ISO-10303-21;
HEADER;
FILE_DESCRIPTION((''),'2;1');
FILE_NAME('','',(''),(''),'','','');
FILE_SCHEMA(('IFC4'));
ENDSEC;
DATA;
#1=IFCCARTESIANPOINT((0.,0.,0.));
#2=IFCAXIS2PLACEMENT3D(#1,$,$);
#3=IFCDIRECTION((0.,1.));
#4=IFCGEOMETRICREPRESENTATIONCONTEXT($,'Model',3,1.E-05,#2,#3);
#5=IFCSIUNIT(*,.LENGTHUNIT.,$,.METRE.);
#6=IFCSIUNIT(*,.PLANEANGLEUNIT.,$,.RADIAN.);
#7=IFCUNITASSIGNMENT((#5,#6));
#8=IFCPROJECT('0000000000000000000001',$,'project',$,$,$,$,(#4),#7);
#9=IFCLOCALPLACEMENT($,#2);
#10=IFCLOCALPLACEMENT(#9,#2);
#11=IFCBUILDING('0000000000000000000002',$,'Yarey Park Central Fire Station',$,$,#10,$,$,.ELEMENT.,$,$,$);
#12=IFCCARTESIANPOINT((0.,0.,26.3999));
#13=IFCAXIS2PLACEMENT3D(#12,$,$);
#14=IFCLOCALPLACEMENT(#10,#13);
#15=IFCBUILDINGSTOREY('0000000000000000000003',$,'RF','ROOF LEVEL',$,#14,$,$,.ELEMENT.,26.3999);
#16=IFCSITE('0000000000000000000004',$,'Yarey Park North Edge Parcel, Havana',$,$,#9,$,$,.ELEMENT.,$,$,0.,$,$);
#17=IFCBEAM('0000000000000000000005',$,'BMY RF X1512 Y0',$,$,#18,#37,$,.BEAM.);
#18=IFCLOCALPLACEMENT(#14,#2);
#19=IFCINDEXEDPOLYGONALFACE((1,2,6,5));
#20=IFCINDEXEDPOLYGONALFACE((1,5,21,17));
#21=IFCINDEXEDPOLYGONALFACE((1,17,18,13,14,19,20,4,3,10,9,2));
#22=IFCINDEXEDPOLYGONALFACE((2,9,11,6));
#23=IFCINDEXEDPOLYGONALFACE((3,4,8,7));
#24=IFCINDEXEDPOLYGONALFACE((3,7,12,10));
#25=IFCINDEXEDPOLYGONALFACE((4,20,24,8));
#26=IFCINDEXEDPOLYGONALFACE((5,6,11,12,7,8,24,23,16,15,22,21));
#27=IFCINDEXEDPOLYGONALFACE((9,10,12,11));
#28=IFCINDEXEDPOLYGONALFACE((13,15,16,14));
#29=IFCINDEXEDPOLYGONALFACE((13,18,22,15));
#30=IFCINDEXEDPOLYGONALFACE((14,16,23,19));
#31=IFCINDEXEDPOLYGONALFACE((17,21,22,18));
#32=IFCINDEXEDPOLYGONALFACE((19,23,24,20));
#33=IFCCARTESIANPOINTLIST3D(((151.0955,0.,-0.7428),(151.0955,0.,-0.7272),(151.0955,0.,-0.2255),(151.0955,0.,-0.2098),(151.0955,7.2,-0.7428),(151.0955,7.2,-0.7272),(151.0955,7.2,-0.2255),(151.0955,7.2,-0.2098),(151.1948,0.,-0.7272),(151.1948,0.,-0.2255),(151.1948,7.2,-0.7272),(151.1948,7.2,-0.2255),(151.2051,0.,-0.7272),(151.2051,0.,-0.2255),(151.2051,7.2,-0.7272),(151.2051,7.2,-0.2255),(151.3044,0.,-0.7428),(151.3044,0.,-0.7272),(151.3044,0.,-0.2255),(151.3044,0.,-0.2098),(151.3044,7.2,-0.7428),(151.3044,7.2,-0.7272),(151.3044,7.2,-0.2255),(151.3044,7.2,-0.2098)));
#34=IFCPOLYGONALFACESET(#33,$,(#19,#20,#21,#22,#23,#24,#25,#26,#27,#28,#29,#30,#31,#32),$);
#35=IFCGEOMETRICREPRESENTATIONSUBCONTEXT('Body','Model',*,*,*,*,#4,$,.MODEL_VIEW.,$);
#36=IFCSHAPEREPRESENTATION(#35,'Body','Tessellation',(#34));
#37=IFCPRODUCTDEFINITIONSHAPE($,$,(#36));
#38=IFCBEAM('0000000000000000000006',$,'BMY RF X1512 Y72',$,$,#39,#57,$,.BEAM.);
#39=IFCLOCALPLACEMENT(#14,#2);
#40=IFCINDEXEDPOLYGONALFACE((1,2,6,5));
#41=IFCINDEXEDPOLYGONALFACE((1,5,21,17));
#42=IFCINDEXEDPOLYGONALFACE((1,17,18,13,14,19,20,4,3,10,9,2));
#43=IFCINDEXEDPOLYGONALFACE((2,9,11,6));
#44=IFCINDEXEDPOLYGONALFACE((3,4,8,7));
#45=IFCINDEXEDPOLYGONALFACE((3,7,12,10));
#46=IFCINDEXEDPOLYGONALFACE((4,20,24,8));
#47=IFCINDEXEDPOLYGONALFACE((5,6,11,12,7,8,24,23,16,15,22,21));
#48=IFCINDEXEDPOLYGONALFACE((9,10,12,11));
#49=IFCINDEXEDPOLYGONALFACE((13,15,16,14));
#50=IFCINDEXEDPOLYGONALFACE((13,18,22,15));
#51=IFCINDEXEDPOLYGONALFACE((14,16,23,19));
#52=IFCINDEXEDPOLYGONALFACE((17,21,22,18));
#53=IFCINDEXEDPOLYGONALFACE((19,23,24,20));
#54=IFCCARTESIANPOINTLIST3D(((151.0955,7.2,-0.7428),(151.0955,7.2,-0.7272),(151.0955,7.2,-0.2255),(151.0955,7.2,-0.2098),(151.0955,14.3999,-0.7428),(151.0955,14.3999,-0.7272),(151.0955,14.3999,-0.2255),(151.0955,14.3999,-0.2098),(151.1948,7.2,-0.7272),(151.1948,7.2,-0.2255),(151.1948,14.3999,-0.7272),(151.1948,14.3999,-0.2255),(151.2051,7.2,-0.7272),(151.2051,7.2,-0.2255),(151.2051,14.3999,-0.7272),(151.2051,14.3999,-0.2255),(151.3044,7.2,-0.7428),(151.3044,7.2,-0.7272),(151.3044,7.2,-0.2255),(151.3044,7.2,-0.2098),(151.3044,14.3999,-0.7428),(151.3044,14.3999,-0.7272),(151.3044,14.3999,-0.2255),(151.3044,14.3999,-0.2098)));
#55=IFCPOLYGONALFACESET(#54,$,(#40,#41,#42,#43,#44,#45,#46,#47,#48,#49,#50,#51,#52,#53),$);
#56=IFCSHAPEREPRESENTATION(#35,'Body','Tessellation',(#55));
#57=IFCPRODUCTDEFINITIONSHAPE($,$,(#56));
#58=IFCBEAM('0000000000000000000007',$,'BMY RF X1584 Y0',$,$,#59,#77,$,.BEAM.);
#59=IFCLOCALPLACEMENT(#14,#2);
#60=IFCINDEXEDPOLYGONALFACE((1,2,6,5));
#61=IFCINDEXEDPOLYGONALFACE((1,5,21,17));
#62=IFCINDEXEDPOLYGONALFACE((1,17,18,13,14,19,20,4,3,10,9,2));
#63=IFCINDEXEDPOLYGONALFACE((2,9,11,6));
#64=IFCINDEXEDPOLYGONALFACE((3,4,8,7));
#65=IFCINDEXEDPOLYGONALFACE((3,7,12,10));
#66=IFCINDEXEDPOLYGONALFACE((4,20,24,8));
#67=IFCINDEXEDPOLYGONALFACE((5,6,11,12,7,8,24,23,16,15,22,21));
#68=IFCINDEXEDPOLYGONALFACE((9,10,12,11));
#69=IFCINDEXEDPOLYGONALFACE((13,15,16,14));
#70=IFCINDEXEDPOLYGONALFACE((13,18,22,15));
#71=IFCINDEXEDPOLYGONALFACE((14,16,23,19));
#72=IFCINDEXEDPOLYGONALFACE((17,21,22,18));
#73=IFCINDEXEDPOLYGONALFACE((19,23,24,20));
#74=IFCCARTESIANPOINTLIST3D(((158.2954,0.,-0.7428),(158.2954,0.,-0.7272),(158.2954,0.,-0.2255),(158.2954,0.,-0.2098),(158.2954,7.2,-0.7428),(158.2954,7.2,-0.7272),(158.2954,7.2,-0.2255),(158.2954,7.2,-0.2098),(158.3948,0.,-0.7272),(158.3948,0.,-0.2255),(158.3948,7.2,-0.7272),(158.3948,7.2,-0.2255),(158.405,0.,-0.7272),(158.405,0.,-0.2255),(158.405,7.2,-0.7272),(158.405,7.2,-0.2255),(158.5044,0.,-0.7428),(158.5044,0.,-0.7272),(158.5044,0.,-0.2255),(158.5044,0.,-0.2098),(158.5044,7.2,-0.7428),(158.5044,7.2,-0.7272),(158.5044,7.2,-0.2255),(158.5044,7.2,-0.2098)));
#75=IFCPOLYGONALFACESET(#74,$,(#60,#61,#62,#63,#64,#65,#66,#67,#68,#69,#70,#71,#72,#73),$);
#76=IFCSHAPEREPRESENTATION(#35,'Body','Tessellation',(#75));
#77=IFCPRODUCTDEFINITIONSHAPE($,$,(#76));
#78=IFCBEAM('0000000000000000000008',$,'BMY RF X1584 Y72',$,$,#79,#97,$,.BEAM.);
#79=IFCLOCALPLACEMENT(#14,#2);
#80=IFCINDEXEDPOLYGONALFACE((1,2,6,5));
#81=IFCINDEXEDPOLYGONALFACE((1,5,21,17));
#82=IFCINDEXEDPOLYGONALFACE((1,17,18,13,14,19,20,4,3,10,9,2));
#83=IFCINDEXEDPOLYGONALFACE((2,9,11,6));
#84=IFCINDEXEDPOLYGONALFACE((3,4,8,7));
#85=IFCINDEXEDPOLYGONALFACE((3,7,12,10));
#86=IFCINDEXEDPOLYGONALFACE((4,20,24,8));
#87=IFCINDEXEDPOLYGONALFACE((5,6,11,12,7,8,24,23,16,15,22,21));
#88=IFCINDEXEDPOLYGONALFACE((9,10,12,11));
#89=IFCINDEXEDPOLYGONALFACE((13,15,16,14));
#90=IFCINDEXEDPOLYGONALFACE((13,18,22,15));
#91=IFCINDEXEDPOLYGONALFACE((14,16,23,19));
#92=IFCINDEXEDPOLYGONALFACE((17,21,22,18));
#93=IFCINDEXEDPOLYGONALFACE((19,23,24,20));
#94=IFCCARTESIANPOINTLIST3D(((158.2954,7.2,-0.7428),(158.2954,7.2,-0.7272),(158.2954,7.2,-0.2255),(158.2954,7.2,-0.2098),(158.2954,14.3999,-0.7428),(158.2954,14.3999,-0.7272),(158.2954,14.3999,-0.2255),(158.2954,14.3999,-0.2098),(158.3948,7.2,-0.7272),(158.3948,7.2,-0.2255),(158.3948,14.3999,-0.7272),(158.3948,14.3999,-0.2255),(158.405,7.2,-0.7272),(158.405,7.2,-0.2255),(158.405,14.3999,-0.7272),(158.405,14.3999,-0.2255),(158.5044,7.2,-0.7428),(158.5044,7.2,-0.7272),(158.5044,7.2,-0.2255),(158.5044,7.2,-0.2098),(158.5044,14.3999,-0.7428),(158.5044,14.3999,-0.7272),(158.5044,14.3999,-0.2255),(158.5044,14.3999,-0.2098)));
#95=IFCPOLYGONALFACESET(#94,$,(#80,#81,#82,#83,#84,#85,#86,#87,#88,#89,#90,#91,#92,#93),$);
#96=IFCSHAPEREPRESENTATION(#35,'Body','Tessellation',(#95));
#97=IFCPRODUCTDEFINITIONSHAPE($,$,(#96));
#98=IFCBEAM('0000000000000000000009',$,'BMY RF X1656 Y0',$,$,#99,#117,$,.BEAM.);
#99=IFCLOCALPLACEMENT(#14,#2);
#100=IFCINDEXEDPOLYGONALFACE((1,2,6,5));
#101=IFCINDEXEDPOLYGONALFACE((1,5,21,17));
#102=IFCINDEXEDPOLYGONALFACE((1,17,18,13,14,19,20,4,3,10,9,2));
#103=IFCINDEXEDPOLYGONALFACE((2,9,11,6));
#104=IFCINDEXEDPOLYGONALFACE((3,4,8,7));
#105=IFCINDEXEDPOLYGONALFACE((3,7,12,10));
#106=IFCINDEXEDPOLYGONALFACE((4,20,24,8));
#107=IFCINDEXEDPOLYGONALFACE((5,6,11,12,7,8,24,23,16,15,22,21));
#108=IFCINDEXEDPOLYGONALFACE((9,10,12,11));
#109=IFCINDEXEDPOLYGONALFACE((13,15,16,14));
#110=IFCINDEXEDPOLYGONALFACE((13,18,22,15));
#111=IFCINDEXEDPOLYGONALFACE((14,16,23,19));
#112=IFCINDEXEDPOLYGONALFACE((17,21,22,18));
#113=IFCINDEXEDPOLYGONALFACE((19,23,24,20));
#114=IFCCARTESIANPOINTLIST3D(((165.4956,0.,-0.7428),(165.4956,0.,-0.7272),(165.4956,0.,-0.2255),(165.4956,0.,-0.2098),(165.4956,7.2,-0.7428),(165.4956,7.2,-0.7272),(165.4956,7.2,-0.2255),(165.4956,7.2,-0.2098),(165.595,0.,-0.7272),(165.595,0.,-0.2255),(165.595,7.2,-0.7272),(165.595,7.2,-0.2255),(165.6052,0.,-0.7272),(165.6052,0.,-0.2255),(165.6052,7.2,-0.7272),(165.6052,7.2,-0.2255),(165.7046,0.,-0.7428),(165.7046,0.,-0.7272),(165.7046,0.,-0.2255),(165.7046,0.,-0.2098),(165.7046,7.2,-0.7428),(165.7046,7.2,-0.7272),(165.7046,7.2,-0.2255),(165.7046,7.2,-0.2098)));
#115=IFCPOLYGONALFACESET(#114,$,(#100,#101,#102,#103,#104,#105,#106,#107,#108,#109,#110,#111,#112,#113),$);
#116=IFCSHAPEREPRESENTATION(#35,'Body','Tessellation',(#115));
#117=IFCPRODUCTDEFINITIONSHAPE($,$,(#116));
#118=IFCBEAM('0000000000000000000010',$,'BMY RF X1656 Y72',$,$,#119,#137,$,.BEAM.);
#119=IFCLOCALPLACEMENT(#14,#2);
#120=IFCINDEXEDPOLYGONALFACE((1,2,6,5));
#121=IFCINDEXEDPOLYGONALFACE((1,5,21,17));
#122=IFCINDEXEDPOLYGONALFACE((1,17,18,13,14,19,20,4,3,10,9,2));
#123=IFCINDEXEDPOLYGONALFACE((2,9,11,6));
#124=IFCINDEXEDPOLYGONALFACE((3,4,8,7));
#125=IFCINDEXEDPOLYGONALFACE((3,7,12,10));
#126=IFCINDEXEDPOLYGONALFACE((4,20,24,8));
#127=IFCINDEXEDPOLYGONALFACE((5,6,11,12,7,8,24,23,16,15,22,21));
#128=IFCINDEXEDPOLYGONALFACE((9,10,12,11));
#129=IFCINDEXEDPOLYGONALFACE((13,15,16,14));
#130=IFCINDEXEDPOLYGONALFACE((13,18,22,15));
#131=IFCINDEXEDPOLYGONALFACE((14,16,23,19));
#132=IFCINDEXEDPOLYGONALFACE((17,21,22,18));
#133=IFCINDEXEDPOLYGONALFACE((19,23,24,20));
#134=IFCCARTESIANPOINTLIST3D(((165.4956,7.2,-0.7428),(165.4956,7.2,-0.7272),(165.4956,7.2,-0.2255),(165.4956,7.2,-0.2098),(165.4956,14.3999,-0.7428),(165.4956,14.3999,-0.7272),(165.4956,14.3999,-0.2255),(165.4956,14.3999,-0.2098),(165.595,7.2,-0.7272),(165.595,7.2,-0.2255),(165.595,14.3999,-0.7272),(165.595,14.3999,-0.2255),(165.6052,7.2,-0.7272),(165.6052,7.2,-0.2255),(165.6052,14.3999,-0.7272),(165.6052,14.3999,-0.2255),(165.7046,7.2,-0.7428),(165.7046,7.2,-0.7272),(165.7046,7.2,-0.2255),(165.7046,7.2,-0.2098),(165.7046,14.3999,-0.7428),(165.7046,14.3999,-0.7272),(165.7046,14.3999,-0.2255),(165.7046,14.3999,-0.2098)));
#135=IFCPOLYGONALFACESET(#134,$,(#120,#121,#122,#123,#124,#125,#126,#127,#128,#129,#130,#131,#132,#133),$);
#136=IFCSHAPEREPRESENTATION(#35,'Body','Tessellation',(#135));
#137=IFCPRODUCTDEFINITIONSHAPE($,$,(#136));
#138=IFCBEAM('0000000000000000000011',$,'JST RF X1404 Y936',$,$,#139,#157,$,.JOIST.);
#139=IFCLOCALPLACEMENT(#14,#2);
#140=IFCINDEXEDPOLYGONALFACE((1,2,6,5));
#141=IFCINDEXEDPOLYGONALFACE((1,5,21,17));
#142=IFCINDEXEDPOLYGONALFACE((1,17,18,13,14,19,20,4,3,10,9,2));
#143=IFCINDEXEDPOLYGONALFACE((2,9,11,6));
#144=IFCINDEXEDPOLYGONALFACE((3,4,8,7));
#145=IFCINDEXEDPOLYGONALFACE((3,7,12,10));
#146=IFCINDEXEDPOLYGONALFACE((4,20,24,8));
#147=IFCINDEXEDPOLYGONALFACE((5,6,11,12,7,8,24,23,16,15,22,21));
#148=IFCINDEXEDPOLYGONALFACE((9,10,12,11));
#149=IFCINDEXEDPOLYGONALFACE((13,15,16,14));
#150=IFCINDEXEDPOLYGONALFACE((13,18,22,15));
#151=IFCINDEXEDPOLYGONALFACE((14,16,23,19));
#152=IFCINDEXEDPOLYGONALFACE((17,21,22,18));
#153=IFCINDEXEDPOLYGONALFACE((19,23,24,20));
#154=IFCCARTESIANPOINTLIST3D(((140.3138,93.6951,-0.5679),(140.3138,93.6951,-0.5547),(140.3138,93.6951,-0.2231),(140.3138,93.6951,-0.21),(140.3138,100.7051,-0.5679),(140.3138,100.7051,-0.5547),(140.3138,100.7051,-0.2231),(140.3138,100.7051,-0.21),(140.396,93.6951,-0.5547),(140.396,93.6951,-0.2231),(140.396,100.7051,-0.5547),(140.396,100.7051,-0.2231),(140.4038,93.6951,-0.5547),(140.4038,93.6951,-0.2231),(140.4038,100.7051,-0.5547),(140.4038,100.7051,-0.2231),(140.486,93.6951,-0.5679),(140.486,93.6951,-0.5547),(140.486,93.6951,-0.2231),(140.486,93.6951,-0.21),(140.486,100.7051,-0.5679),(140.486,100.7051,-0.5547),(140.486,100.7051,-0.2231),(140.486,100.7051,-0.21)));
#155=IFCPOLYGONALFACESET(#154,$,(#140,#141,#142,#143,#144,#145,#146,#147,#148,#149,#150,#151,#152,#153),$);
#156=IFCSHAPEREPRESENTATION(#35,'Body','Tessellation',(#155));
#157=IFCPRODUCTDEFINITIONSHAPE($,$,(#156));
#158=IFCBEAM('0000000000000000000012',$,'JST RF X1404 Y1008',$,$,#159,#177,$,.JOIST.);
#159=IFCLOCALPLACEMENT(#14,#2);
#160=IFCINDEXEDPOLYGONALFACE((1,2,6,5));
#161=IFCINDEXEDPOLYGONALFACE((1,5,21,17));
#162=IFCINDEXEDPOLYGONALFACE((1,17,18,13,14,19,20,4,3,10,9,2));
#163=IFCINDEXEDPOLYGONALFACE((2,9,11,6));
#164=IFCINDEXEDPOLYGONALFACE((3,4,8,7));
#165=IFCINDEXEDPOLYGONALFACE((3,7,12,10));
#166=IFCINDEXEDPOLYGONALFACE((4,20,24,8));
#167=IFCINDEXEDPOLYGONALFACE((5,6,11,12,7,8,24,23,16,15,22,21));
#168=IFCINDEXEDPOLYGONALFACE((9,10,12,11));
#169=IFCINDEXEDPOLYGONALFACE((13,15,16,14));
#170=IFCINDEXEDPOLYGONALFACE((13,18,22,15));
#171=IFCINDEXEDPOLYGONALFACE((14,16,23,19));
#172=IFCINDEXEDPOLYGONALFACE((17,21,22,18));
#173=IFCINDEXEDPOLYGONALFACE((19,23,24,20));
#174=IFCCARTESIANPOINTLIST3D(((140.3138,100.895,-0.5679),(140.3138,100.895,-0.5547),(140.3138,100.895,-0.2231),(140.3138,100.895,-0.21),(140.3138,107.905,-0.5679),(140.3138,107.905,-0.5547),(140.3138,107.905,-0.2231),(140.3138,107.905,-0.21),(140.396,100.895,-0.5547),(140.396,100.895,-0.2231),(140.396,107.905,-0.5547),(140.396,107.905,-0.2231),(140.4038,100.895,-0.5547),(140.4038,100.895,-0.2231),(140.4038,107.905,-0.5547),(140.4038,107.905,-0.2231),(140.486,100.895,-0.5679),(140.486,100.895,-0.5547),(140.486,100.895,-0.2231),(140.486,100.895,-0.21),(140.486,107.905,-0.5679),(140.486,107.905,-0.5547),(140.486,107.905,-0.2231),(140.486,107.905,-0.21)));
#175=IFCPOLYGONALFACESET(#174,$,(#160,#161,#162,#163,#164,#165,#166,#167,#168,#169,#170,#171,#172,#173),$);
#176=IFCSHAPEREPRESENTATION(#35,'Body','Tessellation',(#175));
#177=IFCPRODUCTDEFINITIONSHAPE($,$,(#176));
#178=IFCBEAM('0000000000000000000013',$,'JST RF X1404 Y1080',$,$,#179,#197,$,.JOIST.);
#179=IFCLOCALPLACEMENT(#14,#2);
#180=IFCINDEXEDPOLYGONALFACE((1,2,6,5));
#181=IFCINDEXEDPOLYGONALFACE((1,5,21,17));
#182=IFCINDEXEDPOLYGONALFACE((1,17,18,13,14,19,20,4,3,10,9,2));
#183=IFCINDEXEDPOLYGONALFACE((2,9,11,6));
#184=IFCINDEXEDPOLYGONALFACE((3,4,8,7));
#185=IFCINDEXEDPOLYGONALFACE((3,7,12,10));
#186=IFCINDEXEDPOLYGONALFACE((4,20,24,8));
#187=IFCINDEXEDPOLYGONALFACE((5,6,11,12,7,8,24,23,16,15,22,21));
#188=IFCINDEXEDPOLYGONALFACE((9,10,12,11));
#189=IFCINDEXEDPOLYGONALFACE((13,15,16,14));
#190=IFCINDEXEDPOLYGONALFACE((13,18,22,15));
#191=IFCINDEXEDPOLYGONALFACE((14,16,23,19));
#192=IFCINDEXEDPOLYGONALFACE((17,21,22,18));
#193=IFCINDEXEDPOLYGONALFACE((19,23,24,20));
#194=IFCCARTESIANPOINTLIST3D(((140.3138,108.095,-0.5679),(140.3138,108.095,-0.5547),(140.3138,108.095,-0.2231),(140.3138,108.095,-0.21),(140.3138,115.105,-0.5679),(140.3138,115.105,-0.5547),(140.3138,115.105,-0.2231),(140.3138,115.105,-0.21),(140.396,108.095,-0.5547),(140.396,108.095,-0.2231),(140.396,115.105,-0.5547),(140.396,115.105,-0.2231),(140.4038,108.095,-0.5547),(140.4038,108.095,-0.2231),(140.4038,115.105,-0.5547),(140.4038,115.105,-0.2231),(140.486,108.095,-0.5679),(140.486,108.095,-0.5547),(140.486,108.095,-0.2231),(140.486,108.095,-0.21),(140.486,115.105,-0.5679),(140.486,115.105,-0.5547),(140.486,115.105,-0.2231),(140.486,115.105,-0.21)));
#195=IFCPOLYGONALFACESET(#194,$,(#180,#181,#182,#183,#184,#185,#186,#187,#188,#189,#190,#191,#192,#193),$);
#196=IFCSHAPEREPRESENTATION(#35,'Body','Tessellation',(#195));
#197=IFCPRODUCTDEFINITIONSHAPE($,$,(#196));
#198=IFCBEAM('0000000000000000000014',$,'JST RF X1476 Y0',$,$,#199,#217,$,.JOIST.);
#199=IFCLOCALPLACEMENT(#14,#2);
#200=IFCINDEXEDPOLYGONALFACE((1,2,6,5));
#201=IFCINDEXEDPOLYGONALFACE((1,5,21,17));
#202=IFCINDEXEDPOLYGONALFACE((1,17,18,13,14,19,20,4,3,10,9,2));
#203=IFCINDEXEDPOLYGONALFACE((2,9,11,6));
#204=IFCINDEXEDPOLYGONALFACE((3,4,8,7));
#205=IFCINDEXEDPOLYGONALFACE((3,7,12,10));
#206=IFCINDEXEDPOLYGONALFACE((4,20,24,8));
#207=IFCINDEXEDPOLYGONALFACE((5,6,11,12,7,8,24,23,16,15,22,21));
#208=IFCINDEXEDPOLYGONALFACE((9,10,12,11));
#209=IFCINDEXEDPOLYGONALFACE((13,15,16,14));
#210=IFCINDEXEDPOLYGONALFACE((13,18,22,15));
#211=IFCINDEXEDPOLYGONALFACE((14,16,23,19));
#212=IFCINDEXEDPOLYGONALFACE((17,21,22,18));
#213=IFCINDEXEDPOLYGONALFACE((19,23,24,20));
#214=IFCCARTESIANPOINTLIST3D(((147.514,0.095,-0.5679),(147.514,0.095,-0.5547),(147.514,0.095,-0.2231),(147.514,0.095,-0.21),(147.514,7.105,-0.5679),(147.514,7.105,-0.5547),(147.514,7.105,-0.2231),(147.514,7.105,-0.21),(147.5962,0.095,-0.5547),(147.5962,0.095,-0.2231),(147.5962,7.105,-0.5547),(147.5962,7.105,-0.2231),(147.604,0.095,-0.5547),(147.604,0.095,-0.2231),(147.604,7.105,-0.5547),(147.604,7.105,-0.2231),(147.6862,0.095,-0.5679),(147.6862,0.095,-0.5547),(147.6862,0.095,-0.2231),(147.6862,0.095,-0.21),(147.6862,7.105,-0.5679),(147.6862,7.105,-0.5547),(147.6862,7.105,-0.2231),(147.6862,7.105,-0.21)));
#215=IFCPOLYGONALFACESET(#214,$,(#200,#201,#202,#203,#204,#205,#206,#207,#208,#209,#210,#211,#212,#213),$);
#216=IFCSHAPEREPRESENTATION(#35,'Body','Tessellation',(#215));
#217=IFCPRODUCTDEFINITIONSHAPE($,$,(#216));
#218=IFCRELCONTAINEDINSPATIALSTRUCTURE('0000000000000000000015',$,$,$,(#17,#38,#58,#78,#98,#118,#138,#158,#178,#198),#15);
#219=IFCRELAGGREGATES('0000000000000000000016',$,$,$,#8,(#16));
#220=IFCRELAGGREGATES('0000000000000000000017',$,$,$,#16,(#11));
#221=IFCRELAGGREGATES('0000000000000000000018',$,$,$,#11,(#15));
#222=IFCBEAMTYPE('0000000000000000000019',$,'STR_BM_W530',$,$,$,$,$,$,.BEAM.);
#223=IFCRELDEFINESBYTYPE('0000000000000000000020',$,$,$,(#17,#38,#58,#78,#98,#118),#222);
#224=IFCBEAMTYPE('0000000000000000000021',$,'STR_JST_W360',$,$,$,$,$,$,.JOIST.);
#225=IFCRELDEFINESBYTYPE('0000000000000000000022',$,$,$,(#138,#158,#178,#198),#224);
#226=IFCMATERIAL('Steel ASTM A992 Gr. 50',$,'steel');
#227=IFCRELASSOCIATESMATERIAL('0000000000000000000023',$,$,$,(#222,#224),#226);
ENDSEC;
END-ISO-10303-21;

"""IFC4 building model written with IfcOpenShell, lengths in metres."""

from ifc_helpers import new_model, si_unit, direction, frame, origin, origin_2d, place, context, subcontext, project, spatial, i_section, extrude, material, material_profile, profile_set, type_object, element, save


model = new_model("IFC4")

# Units and contexts
model_context = context("Model", 3, precision=1e-05, world=origin(), true_north=direction((0.0, 1.0)))
body_context = subcontext(model_context, "Body", "Model", "MODEL_VIEW")
ifc_project = project(units=[si_unit("LENGTHUNIT", "METRE"), si_unit("PLANEANGLEUNIT", "RADIAN")], contexts=[model_context])

# Site, building, storey
site_placement = place(None, origin())
site = spatial("IfcSite", under=ifc_project, at=site_placement, Name="Yarey Park North Edge Parcel, Havana", CompositionType="ELEMENT", RefElevation=0.0)
building_placement = place(site_placement, origin())
building = spatial("IfcBuilding", under=site, at=building_placement, Name="Yarey Park Central Fire Station", CompositionType="ELEMENT")
storey_placement = place(building_placement, frame((0.0, 0.0, 26.3999)))
storey = spatial("IfcBuildingStorey", under=building, at=storey_placement, Name="RF", Description="ROOF LEVEL", CompositionType="ELEMENT", Elevation=26.3999)

# Beams
ifc_material_1 = material(Name="Steel ASTM A992 Gr. 50", Category="steel")
ifc_material_profile_1 = material_profile(ifc_material_1, i_section(OverallWidth=0.209, OverallDepth=0.533, WebThickness=0.0103, FlangeThickness=0.0156, at=origin_2d()), Name="W530x92")
ifc_profile_set_1 = profile_set([ifc_material_profile_1], Name="Steel ASTM A992 Gr. 50")
beam_type_1 = type_object("IfcBeamType", Name="STR_BM_W530", PredefinedType="BEAM", material=ifc_profile_set_1)
for number, where, z_axis, x_axis, name in (
    (1, (151.2, 0.0, -0.4763), (0.0, 1.0, 0.0), (-1.0, 0.0, 0.0), "BMY RF X1512 Y0"),
    (2, (151.2, 7.2, -0.4763), (0.0, 1.0, 0.0), (-1.0, 0.0, 0.0), "BMY RF X1512 Y72"),
    (3, (158.3999, 0.0, -0.4763), (0.0, 1.0, 0.0), (-1.0, 0.0, 0.0), "BMY RF X1584 Y0"),
    (4, (158.3999, 7.2, -0.4763), (0.0, 1.0, 0.0), (-1.0, 0.0, 0.0), "BMY RF X1584 Y72"),
    (5, (165.6001, 0.0, -0.4763), (0.0, 1.0, 0.0), (-1.0, 0.0, 0.0), "BMY RF X1656 Y0"),
    (6, (165.6001, 7.2, -0.4763), (0.0, 1.0, 0.0), (-1.0, 0.0, 0.0), "BMY RF X1656 Y72"),
):
    element("IfcBeam", number, at=place(storey_placement, frame(where, z_axis=z_axis, x_axis=x_axis)), inside=storey, type_object=beam_type_1, Name=name, PredefinedType="BEAM", context=body_context, shape_type="SweptSolid", body=[
        extrude(i_section(OverallWidth=0.209, OverallDepth=0.533, WebThickness=0.0103, FlangeThickness=0.0156, at=origin_2d()), origin(), (0.0, 0.0, 1.0), 7.2),
    ])
ifc_material_profile_2 = material_profile(ifc_material_1, i_section(OverallWidth=0.1721, OverallDepth=0.3579, WebThickness=0.0078, FlangeThickness=0.0132, at=origin_2d()), Name="W360x57")
ifc_profile_set_2 = profile_set([ifc_material_profile_2], Name="Steel ASTM A992 Gr. 50")
beam_type_2 = type_object("IfcBeamType", Name="STR_JST_W360", PredefinedType="JOIST", material=ifc_profile_set_2)
for number, where, z_axis, x_axis, name in (
    (7, (140.3999, 93.6951, -0.3889), (0.0, 1.0, 0.0), (-1.0, 0.0, 0.0), "JST RF X1404 Y936"),
    (8, (140.3999, 100.895, -0.3889), (0.0, 1.0, 0.0), (-1.0, 0.0, 0.0), "JST RF X1404 Y1008"),
    (9, (140.3999, 108.095, -0.3889), (0.0, 1.0, 0.0), (-1.0, 0.0, 0.0), "JST RF X1404 Y1080"),
    (10, (147.6001, 0.095, -0.3889), (0.0, 1.0, 0.0), (-1.0, 0.0, 0.0), "JST RF X1476 Y0"),
):
    element("IfcBeam", number, at=place(storey_placement, frame(where, z_axis=z_axis, x_axis=x_axis)), inside=storey, type_object=beam_type_2, Name=name, PredefinedType="JOIST", context=body_context, shape_type="SweptSolid", body=[
        extrude(i_section(OverallWidth=0.1721, OverallDepth=0.3579, WebThickness=0.0078, FlangeThickness=0.0132, at=origin_2d()), origin(), (0.0, 0.0, 1.0), 7.01),
    ])

save(model, "model.ifc")
